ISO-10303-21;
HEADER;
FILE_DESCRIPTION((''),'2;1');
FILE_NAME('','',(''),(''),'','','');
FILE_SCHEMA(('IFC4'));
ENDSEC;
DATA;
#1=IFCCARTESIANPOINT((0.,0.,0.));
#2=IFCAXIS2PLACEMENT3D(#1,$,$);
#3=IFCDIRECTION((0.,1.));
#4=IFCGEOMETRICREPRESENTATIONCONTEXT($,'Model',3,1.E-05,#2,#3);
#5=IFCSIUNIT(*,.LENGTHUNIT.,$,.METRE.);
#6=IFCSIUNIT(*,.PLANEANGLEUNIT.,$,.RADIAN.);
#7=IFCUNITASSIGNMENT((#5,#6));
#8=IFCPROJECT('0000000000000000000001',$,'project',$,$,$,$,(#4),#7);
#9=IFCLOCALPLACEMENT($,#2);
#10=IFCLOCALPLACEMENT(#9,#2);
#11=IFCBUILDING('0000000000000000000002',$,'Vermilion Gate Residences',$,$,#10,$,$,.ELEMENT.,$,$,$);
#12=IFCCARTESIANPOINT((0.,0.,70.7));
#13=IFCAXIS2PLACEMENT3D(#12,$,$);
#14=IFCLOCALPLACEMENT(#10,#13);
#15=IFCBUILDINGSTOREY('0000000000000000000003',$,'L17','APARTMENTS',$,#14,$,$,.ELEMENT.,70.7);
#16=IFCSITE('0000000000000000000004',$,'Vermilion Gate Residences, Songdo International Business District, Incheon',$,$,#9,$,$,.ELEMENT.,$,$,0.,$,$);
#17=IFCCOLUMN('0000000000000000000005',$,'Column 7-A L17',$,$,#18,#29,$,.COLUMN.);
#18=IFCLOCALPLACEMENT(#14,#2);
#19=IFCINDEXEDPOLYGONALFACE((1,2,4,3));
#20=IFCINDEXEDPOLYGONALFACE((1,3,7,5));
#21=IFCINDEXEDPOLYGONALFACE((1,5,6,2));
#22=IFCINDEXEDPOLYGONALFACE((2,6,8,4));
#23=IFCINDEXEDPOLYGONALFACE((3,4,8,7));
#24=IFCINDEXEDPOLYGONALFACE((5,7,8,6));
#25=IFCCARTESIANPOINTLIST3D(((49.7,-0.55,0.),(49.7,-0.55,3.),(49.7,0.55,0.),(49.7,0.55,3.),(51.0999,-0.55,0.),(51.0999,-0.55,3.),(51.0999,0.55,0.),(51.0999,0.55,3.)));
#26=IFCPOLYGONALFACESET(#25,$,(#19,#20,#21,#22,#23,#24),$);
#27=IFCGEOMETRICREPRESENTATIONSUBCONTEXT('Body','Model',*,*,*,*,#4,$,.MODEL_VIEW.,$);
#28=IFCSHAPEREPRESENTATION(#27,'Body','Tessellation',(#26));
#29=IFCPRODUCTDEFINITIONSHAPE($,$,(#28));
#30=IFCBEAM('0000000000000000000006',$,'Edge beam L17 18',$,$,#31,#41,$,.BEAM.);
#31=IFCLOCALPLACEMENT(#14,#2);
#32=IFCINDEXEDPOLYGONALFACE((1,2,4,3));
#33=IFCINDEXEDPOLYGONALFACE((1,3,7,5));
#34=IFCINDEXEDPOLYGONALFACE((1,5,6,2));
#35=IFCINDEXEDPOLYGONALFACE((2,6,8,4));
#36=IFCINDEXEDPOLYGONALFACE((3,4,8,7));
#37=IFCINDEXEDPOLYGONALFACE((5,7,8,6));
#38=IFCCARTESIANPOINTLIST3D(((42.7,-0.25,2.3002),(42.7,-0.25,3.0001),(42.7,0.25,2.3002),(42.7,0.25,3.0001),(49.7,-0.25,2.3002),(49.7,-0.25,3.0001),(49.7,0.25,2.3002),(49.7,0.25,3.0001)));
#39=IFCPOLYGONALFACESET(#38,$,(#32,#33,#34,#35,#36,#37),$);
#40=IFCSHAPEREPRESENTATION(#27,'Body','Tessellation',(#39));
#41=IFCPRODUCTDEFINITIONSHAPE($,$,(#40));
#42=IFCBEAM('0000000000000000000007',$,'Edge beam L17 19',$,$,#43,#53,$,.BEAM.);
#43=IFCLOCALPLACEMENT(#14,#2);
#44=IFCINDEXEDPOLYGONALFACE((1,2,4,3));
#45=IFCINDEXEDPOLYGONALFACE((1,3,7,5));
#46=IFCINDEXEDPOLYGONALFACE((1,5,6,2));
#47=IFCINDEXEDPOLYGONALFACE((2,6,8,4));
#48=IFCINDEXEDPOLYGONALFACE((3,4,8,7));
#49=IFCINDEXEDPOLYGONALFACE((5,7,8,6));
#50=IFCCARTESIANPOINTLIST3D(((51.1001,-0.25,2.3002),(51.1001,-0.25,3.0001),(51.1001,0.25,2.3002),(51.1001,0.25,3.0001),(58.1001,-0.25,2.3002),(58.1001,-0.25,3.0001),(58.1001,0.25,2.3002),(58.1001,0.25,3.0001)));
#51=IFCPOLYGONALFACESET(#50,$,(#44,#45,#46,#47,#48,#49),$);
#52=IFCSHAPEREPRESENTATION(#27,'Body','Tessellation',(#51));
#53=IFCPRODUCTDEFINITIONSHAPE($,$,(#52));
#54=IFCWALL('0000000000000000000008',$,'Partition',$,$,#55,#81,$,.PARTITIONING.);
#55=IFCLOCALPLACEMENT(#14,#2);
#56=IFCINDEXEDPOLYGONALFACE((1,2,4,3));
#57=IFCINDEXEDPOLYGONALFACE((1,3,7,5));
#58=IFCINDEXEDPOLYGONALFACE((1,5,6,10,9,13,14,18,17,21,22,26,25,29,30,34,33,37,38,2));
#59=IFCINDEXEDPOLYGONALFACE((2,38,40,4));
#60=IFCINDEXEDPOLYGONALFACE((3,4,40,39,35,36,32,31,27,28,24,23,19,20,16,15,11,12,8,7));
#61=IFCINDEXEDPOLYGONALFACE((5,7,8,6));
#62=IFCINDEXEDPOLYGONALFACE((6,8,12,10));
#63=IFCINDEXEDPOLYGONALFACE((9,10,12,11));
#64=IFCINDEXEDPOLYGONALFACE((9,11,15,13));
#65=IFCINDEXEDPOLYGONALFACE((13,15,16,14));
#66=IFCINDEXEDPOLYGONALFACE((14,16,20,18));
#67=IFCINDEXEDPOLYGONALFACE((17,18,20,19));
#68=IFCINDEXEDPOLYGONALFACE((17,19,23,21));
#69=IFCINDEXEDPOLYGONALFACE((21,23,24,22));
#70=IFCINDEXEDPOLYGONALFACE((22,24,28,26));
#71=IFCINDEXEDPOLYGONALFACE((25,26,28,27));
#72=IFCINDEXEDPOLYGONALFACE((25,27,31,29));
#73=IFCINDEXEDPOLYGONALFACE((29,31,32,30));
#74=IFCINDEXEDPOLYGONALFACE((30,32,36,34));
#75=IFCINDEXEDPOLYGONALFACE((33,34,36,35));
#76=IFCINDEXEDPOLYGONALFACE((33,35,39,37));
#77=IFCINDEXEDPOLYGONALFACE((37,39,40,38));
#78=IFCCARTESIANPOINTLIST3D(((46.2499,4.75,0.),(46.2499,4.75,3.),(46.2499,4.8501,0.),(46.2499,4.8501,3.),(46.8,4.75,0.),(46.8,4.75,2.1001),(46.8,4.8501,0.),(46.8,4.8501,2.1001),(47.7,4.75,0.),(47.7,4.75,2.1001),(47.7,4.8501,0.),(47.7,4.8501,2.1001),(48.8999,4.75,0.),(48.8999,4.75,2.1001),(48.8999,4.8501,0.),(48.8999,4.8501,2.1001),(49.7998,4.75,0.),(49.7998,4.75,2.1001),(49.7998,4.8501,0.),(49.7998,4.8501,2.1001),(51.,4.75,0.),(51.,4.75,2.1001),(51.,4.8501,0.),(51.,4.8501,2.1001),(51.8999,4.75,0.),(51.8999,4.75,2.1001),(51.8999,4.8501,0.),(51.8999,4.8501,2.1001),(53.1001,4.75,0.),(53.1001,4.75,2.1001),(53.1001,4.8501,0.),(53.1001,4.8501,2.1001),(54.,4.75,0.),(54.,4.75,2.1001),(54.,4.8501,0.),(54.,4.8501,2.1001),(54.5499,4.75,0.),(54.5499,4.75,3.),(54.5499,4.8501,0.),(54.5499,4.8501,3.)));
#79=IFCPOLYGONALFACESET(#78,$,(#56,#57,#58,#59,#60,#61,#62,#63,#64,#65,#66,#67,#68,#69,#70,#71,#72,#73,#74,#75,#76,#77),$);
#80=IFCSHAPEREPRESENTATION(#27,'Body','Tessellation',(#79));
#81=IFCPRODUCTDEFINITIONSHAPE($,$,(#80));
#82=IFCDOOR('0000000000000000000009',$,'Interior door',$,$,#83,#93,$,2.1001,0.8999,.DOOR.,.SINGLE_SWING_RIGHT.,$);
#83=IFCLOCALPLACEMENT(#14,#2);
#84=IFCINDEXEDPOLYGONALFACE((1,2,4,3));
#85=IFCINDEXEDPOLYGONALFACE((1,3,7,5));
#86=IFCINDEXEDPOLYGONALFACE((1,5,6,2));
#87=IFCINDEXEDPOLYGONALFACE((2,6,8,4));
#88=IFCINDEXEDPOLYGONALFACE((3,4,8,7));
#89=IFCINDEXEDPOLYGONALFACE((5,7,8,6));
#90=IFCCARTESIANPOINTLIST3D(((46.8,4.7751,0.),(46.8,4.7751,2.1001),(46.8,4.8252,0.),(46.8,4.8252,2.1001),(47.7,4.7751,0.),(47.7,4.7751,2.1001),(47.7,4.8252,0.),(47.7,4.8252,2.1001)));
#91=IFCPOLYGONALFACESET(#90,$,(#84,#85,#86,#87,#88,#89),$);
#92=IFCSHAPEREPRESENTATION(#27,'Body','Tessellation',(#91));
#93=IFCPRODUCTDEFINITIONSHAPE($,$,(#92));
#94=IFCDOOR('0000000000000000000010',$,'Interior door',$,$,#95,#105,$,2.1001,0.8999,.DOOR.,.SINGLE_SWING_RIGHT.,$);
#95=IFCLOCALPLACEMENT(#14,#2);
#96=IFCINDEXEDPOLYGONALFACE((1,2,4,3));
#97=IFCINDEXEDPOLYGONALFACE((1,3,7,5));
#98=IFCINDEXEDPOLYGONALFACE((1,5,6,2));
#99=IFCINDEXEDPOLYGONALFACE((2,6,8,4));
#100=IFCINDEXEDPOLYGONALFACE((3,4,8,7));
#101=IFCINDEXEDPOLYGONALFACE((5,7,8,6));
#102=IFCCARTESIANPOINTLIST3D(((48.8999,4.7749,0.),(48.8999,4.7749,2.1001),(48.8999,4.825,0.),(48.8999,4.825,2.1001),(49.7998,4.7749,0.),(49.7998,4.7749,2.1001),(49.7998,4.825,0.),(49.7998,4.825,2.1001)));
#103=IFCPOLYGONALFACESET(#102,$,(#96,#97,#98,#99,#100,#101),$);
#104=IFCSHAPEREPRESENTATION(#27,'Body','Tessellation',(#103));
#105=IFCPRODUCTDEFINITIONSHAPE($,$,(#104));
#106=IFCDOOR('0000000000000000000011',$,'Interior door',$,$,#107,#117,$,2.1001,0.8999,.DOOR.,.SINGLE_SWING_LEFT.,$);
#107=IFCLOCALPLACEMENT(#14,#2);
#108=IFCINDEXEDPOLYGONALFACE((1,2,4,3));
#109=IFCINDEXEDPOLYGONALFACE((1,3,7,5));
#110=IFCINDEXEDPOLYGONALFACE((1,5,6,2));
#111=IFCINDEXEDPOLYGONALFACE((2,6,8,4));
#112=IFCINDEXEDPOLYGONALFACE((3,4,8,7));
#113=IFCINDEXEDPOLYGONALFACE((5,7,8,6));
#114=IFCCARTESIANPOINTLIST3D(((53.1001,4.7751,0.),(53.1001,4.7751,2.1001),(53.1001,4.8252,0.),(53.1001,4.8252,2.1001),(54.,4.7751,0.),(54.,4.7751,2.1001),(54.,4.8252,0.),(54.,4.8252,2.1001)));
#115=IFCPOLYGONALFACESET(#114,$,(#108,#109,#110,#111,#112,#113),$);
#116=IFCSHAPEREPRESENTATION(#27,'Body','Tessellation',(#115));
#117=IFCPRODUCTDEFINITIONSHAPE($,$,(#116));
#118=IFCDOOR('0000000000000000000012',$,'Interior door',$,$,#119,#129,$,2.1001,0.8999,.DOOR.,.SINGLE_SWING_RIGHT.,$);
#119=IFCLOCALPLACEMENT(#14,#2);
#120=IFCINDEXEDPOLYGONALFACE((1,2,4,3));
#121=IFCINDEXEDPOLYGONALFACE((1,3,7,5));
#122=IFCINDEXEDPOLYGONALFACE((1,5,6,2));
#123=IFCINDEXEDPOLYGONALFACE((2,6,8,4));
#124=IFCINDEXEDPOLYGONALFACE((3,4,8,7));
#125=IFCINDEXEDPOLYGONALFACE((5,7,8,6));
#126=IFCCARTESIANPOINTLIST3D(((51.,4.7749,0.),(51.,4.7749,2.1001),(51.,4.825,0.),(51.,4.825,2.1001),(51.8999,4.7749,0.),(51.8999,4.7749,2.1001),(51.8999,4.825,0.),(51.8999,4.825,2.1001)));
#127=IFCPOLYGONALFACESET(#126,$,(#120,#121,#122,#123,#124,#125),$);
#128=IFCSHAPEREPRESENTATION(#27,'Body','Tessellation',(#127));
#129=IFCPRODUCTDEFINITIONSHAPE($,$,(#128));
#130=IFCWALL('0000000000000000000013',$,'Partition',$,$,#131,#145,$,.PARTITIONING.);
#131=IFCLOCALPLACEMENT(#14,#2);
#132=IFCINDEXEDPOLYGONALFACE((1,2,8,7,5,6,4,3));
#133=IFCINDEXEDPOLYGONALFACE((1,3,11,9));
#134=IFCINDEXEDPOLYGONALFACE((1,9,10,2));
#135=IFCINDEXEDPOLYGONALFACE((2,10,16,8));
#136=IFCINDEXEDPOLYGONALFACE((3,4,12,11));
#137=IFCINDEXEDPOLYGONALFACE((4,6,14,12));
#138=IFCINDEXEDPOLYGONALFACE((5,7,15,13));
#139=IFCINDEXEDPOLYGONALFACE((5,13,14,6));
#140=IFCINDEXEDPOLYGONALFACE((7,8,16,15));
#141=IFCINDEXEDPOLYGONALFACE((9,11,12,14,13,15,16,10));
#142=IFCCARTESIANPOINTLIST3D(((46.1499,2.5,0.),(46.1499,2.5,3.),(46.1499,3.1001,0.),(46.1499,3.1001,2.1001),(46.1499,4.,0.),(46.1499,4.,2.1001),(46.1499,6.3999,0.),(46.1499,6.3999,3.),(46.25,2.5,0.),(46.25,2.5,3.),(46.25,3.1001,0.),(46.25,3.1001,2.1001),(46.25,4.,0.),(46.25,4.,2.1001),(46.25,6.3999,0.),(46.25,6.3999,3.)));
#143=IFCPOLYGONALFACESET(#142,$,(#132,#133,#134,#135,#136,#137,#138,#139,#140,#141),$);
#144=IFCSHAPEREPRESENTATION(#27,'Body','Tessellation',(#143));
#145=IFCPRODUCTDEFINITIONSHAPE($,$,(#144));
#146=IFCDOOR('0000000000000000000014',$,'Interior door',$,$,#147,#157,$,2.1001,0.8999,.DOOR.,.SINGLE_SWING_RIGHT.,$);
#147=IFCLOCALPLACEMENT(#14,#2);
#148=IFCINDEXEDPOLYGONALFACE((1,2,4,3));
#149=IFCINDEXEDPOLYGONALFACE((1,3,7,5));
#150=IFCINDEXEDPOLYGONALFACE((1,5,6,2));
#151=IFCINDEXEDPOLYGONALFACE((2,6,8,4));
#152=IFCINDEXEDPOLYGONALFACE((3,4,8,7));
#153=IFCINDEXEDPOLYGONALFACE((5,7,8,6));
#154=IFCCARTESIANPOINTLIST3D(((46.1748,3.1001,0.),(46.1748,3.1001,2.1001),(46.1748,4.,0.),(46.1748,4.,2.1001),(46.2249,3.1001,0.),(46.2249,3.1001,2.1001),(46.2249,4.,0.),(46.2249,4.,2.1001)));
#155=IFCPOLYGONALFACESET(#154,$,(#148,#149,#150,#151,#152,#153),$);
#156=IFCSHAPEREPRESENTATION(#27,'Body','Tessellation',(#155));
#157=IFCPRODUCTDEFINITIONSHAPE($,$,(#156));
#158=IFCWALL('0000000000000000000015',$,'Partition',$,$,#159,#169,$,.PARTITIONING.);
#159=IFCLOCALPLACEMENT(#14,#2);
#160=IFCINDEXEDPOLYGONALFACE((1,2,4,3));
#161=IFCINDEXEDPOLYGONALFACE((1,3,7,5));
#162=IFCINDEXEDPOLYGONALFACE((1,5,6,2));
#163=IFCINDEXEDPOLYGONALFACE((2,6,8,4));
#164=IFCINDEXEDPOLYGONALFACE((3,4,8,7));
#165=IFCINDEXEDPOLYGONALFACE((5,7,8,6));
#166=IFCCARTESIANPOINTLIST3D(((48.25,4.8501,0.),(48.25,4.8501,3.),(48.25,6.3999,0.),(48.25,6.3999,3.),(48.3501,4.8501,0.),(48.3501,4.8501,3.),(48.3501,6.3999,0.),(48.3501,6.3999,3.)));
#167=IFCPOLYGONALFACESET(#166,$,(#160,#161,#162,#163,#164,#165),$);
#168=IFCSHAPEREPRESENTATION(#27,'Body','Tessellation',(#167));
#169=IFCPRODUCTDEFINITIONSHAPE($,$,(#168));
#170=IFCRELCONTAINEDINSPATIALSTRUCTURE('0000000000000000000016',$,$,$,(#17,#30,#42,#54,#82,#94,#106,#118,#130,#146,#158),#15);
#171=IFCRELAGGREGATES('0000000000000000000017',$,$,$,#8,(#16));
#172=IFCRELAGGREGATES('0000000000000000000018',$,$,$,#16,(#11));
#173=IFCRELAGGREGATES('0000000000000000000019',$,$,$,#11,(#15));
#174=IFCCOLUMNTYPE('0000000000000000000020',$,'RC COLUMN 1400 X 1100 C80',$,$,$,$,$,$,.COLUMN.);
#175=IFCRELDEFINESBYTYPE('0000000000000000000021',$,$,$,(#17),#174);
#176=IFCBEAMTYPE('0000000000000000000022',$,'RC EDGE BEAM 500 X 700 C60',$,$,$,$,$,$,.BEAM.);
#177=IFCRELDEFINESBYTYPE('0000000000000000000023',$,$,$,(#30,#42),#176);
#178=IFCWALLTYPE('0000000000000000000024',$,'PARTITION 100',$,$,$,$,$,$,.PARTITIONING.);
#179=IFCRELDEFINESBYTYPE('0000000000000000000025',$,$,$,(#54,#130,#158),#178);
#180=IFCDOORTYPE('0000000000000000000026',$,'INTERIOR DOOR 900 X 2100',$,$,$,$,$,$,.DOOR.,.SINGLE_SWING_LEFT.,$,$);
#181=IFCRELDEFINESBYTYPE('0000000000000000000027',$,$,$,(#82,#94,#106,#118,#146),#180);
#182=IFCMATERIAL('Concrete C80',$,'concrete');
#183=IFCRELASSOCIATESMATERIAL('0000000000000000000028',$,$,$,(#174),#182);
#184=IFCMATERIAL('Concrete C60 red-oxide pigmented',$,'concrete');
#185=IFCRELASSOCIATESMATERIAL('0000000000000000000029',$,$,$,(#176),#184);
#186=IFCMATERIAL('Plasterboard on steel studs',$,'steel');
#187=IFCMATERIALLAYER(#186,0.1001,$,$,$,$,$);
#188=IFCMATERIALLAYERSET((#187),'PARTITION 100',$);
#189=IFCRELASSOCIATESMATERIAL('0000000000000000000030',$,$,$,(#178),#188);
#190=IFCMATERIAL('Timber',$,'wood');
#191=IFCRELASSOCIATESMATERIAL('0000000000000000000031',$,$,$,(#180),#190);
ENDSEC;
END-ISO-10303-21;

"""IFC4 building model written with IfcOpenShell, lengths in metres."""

from ifc_helpers import new_model, si_unit, direction, frame, frame_2d, origin, origin_2d, place, context, subcontext, project, spatial, rectangle, extrude, material, layer, layer_set, material_profile, profile_set, type_object, element, fill, save


model = new_model("IFC4")

# Units and contexts
model_context = context("Model", 3, precision=1e-05, world=origin(), true_north=direction((0.0, 1.0)))
body_context = subcontext(model_context, "Body", "Model", "MODEL_VIEW")
ifc_project = project(units=[si_unit("LENGTHUNIT", "METRE"), si_unit("PLANEANGLEUNIT", "RADIAN")], contexts=[model_context])

# Site, building, storey
site_placement = place(None, origin())
site = spatial("IfcSite", under=ifc_project, at=site_placement, Name="Vermilion Gate Residences, Songdo International Business District, Incheon", CompositionType="ELEMENT", RefElevation=0.0)
building_placement = place(site_placement, origin())
building = spatial("IfcBuilding", under=site, at=building_placement, Name="Vermilion Gate Residences", CompositionType="ELEMENT")
storey_placement = place(building_placement, frame((0.0, 0.0, 70.7)))
storey = spatial("IfcBuildingStorey", under=building, at=storey_placement, Name="L17", Description="APARTMENTS", CompositionType="ELEMENT", Elevation=70.7)

# Column
ifc_material_1 = material(Name="Concrete C80", Category="concrete")
ifc_material_profile_1 = material_profile(ifc_material_1, rectangle(XDim=1.3999, YDim=1.1001, at=origin_2d()), Name="RC-1400x1100")
ifc_profile_set_1 = profile_set([ifc_material_profile_1], Name="Concrete C80")
column_type = type_object("IfcColumnType", Name="RC COLUMN 1400 X 1100 C80", PredefinedType="COLUMN", material=ifc_profile_set_1)
column_placement = place(storey_placement, frame((50.3999, 0.0, 0.0), z_axis=(0.0, 0.0, 1.0), x_axis=(1.0, 0.0, 0.0)))
element("IfcColumn", 1, at=column_placement, inside=storey, type_object=column_type, Name="Column 7-A L17", PredefinedType="COLUMN", context=body_context, shape_type="SweptSolid", body=[
    extrude(rectangle(XDim=1.3999, YDim=1.1001, at=origin_2d()), origin(), (0.0, 0.0, 1.0), 3.0),
])

# Beams
ifc_material_2 = material(Name="Concrete C60 red-oxide pigmented", Category="concrete")
ifc_material_profile_2 = material_profile(ifc_material_2, rectangle(XDim=0.5, YDim=0.7, at=origin_2d()), Name="RC-500x700")
ifc_profile_set_2 = profile_set([ifc_material_profile_2], Name="Concrete C60 red-oxide pigmented")
beam_type = type_object("IfcBeamType", Name="RC EDGE BEAM 500 X 700 C60", PredefinedType="BEAM", material=ifc_profile_set_2)
for number, where, z_axis, x_axis, name in (
    (2, (42.7, 0.0, 2.6501), (1.0, 0.0, 0.0), (0.0, 1.0, 0.0), "Edge beam L17 18"),
    (3, (51.1001, 0.0, 2.6501), (1.0, 0.0, 0.0), (0.0, 1.0, 0.0), "Edge beam L17 19"),
):
    element("IfcBeam", number, at=place(storey_placement, frame(where, z_axis=z_axis, x_axis=x_axis)), inside=storey, type_object=beam_type, Name=name, PredefinedType="BEAM", context=body_context, shape_type="SweptSolid", body=[
        extrude(rectangle(XDim=0.5, YDim=0.7, at=origin_2d()), origin(), (0.0, 0.0, 1.0), 7.0),
    ])

# Wall, openings, doors
ifc_material_3 = material(Name="Plasterboard on steel studs", Category="steel")
ifc_layer_1 = layer(ifc_material_3, 0.1001)
ifc_layer_set_1 = layer_set([ifc_layer_1], Name="PARTITION 100")
wall_type_1 = type_object("IfcWallType", Name="PARTITION 100", PredefinedType="PARTITIONING", material=ifc_layer_set_1)
wall_1_placement = place(storey_placement, frame((46.25, 4.8, 0.0), z_axis=(0.0, 0.0, 1.0), x_axis=(1.0, 0.0, 0.0)))
wall_1 = element("IfcWall", 4, at=wall_1_placement, inside=storey, type_object=wall_type_1, Name="Partition", PredefinedType="PARTITIONING", context=body_context, shape_type="SweptSolid", body=[
    extrude(rectangle(XDim=8.3, YDim=0.1001, at=frame_2d((4.1499, 0.0))), origin(), (0.0, 0.0, 1.0), 3.0),
])
opening_1_placement = place(wall_1_placement, frame((0.55, 0.0, 0.0)))
opening_1 = element("IfcOpeningElement", 5, at=opening_1_placement, cuts=wall_1, PredefinedType="OPENING", context=body_context, shape_type="SweptSolid", body=[
    extrude(rectangle(XDim=0.8999, YDim=2.1001, at=frame_2d((0.45, 1.05))), frame((0.0, 0.0601, 0.0), z_axis=(0.0, -1.0, 0.0), x_axis=(1.0, 0.0, 0.0)), (0.0, 0.0, 1.0), 0.1201),
])
opening_2_placement = place(wall_1_placement, frame((2.6499, 0.0, 0.0)))
opening_2 = element("IfcOpeningElement", 6, at=opening_2_placement, cuts=wall_1, PredefinedType="OPENING", context=body_context, shape_type="SweptSolid", body=[
    extrude(rectangle(XDim=0.8999, YDim=2.1001, at=frame_2d((0.45, 1.05))), frame((0.0, 0.0601, 0.0), z_axis=(0.0, -1.0, 0.0), x_axis=(1.0, 0.0, 0.0)), (0.0, 0.0, 1.0), 0.1201),
])
opening_3_placement = place(wall_1_placement, frame((6.8501, 0.0, 0.0)))
opening_3 = element("IfcOpeningElement", 7, at=opening_3_placement, cuts=wall_1, PredefinedType="OPENING", context=body_context, shape_type="SweptSolid", body=[
    extrude(rectangle(XDim=0.8999, YDim=2.1001, at=frame_2d((0.45, 1.05))), frame((0.0, 0.0601, 0.0), z_axis=(0.0, -1.0, 0.0), x_axis=(1.0, 0.0, 0.0)), (0.0, 0.0, 1.0), 0.1201),
])
opening_4_placement = place(wall_1_placement, frame((4.75, 0.0, 0.0)))
opening_4 = element("IfcOpeningElement", 8, at=opening_4_placement, cuts=wall_1, PredefinedType="OPENING", context=body_context, shape_type="SweptSolid", body=[
    extrude(rectangle(XDim=0.8999, YDim=2.1001, at=frame_2d((0.45, 1.05))), frame((0.0, 0.0601, 0.0), z_axis=(0.0, -1.0, 0.0), x_axis=(1.0, 0.0, 0.0)), (0.0, 0.0, 1.0), 0.1201),
])
ifc_material_4 = material(Name="Timber", Category="wood")
door_type = type_object("IfcDoorType", Name="INTERIOR DOOR 900 X 2100", OperationType="SINGLE_SWING_LEFT", PredefinedType="DOOR", material=ifc_material_4)
door_1_placement = place(opening_1_placement, frame((0.8999, 0.0, 0.0), z_axis=(0.0, 0.0, 1.0), x_axis=(-1.0, 0.0, 0.0)))
door_1 = element("IfcDoor", 9, at=door_1_placement, inside=storey, type_object=door_type, Name="Interior door", OperationType="SINGLE_SWING_RIGHT", OverallHeight=2.1001, OverallWidth=0.8999, PredefinedType="DOOR", context=body_context, shape_type="SweptSolid", body=[
    extrude(rectangle(XDim=0.8999, YDim=2.1001, at=frame_2d((0.45, 1.05))), frame((0.0, 0.0249, 0.0), z_axis=(0.0, -1.0, 0.0), x_axis=(1.0, 0.0, 0.0)), (0.0, 0.0, 1.0), 0.05),
])
fill(opening_1, door_1)
door_2_placement = place(opening_2_placement, origin())
door_2 = element("IfcDoor", 10, at=door_2_placement, inside=storey, type_object=door_type, Name="Interior door", OperationType="SINGLE_SWING_RIGHT", OverallHeight=2.1001, OverallWidth=0.8999, PredefinedType="DOOR", context=body_context, shape_type="SweptSolid", body=[
    extrude(rectangle(XDim=0.8999, YDim=2.1001, at=frame_2d((0.45, 1.05))), frame((0.0, 0.0249, 0.0), z_axis=(0.0, -1.0, 0.0), x_axis=(1.0, 0.0, 0.0)), (0.0, 0.0, 1.0), 0.05),
])
fill(opening_2, door_2)
door_3_placement = place(opening_3_placement, frame((0.8999, 0.0, 0.0), z_axis=(0.0, 0.0, 1.0), x_axis=(-1.0, 0.0, 0.0)))
door_3 = element("IfcDoor", 11, at=door_3_placement, inside=storey, type_object=door_type, Name="Interior door", OperationType="SINGLE_SWING_LEFT", OverallHeight=2.1001, OverallWidth=0.8999, PredefinedType="DOOR", context=body_context, shape_type="SweptSolid", body=[
    extrude(rectangle(XDim=0.8999, YDim=2.1001, at=frame_2d((0.45, 1.05))), frame((0.0, 0.0249, 0.0), z_axis=(0.0, -1.0, 0.0), x_axis=(1.0, 0.0, 0.0)), (0.0, 0.0, 1.0), 0.05),
])
fill(opening_3, door_3)
door_4_placement = place(opening_4_placement, origin())
door_4 = element("IfcDoor", 12, at=door_4_placement, inside=storey, type_object=door_type, Name="Interior door", OperationType="SINGLE_SWING_RIGHT", OverallHeight=2.1001, OverallWidth=0.8999, PredefinedType="DOOR", context=body_context, shape_type="SweptSolid", body=[
    extrude(rectangle(XDim=0.8999, YDim=2.1001, at=frame_2d((0.45, 1.05))), frame((0.0, 0.0249, 0.0), z_axis=(0.0, -1.0, 0.0), x_axis=(1.0, 0.0, 0.0)), (0.0, 0.0, 1.0), 0.05),
])
fill(opening_4, door_4)

# Wall, opening, door
wall_2_placement = place(storey_placement, frame((46.2, 2.5, 0.0), z_axis=(0.0, 0.0, 1.0), x_axis=(0.0, 1.0, 0.0)))
wall_2 = element("IfcWall", 13, at=wall_2_placement, inside=storey, type_object=wall_type_1, Name="Partition", PredefinedType="PARTITIONING", context=body_context, shape_type="SweptSolid", body=[
    extrude(rectangle(XDim=3.8999, YDim=0.1001, at=frame_2d((1.95, 0.0))), origin(), (0.0, 0.0, 1.0), 3.0),
])
opening_5_placement = place(wall_2_placement, frame((0.6001, 0.0, 0.0)))
opening_5 = element("IfcOpeningElement", 14, at=opening_5_placement, cuts=wall_2, PredefinedType="OPENING", context=body_context, shape_type="SweptSolid", body=[
    extrude(rectangle(XDim=0.8999, YDim=2.1001, at=frame_2d((0.45, 1.05))), frame((0.0, 0.0601, 0.0), z_axis=(0.0, -1.0, 0.0), x_axis=(1.0, 0.0, 0.0)), (0.0, 0.0, 1.0), 0.1201),
])
door_5_placement = place(opening_5_placement, frame((0.8999, 0.0, 0.0), z_axis=(0.0, 0.0, 1.0), x_axis=(-1.0, 0.0, 0.0)))
door_5 = element("IfcDoor", 15, at=door_5_placement, inside=storey, type_object=door_type, Name="Interior door", OperationType="SINGLE_SWING_RIGHT", OverallHeight=2.1001, OverallWidth=0.8999, PredefinedType="DOOR", context=body_context, shape_type="SweptSolid", body=[
    extrude(rectangle(XDim=0.8999, YDim=2.1001, at=frame_2d((0.45, 1.05))), frame((0.0, 0.0249, 0.0), z_axis=(0.0, -1.0, 0.0), x_axis=(1.0, 0.0, 0.0)), (0.0, 0.0, 1.0), 0.05),
])
fill(opening_5, door_5)

# Wall
for number, where, z_axis, x_axis, name in (
    (16, (48.3, 4.8501, 0.0), (0.0, 0.0, 1.0), (0.0, 1.0, 0.0), "Partition"),
):
    element("IfcWall", number, at=place(storey_placement, frame(where, z_axis=z_axis, x_axis=x_axis)), inside=storey, type_object=wall_type_1, Name=name, PredefinedType="PARTITIONING", context=body_context, shape_type="SweptSolid", body=[
        extrude(rectangle(XDim=1.5498, YDim=0.1001, at=frame_2d((0.7749, 0.0))), origin(), (0.0, 0.0, 1.0), 3.0),
    ])

save(model, "model.ifc")
